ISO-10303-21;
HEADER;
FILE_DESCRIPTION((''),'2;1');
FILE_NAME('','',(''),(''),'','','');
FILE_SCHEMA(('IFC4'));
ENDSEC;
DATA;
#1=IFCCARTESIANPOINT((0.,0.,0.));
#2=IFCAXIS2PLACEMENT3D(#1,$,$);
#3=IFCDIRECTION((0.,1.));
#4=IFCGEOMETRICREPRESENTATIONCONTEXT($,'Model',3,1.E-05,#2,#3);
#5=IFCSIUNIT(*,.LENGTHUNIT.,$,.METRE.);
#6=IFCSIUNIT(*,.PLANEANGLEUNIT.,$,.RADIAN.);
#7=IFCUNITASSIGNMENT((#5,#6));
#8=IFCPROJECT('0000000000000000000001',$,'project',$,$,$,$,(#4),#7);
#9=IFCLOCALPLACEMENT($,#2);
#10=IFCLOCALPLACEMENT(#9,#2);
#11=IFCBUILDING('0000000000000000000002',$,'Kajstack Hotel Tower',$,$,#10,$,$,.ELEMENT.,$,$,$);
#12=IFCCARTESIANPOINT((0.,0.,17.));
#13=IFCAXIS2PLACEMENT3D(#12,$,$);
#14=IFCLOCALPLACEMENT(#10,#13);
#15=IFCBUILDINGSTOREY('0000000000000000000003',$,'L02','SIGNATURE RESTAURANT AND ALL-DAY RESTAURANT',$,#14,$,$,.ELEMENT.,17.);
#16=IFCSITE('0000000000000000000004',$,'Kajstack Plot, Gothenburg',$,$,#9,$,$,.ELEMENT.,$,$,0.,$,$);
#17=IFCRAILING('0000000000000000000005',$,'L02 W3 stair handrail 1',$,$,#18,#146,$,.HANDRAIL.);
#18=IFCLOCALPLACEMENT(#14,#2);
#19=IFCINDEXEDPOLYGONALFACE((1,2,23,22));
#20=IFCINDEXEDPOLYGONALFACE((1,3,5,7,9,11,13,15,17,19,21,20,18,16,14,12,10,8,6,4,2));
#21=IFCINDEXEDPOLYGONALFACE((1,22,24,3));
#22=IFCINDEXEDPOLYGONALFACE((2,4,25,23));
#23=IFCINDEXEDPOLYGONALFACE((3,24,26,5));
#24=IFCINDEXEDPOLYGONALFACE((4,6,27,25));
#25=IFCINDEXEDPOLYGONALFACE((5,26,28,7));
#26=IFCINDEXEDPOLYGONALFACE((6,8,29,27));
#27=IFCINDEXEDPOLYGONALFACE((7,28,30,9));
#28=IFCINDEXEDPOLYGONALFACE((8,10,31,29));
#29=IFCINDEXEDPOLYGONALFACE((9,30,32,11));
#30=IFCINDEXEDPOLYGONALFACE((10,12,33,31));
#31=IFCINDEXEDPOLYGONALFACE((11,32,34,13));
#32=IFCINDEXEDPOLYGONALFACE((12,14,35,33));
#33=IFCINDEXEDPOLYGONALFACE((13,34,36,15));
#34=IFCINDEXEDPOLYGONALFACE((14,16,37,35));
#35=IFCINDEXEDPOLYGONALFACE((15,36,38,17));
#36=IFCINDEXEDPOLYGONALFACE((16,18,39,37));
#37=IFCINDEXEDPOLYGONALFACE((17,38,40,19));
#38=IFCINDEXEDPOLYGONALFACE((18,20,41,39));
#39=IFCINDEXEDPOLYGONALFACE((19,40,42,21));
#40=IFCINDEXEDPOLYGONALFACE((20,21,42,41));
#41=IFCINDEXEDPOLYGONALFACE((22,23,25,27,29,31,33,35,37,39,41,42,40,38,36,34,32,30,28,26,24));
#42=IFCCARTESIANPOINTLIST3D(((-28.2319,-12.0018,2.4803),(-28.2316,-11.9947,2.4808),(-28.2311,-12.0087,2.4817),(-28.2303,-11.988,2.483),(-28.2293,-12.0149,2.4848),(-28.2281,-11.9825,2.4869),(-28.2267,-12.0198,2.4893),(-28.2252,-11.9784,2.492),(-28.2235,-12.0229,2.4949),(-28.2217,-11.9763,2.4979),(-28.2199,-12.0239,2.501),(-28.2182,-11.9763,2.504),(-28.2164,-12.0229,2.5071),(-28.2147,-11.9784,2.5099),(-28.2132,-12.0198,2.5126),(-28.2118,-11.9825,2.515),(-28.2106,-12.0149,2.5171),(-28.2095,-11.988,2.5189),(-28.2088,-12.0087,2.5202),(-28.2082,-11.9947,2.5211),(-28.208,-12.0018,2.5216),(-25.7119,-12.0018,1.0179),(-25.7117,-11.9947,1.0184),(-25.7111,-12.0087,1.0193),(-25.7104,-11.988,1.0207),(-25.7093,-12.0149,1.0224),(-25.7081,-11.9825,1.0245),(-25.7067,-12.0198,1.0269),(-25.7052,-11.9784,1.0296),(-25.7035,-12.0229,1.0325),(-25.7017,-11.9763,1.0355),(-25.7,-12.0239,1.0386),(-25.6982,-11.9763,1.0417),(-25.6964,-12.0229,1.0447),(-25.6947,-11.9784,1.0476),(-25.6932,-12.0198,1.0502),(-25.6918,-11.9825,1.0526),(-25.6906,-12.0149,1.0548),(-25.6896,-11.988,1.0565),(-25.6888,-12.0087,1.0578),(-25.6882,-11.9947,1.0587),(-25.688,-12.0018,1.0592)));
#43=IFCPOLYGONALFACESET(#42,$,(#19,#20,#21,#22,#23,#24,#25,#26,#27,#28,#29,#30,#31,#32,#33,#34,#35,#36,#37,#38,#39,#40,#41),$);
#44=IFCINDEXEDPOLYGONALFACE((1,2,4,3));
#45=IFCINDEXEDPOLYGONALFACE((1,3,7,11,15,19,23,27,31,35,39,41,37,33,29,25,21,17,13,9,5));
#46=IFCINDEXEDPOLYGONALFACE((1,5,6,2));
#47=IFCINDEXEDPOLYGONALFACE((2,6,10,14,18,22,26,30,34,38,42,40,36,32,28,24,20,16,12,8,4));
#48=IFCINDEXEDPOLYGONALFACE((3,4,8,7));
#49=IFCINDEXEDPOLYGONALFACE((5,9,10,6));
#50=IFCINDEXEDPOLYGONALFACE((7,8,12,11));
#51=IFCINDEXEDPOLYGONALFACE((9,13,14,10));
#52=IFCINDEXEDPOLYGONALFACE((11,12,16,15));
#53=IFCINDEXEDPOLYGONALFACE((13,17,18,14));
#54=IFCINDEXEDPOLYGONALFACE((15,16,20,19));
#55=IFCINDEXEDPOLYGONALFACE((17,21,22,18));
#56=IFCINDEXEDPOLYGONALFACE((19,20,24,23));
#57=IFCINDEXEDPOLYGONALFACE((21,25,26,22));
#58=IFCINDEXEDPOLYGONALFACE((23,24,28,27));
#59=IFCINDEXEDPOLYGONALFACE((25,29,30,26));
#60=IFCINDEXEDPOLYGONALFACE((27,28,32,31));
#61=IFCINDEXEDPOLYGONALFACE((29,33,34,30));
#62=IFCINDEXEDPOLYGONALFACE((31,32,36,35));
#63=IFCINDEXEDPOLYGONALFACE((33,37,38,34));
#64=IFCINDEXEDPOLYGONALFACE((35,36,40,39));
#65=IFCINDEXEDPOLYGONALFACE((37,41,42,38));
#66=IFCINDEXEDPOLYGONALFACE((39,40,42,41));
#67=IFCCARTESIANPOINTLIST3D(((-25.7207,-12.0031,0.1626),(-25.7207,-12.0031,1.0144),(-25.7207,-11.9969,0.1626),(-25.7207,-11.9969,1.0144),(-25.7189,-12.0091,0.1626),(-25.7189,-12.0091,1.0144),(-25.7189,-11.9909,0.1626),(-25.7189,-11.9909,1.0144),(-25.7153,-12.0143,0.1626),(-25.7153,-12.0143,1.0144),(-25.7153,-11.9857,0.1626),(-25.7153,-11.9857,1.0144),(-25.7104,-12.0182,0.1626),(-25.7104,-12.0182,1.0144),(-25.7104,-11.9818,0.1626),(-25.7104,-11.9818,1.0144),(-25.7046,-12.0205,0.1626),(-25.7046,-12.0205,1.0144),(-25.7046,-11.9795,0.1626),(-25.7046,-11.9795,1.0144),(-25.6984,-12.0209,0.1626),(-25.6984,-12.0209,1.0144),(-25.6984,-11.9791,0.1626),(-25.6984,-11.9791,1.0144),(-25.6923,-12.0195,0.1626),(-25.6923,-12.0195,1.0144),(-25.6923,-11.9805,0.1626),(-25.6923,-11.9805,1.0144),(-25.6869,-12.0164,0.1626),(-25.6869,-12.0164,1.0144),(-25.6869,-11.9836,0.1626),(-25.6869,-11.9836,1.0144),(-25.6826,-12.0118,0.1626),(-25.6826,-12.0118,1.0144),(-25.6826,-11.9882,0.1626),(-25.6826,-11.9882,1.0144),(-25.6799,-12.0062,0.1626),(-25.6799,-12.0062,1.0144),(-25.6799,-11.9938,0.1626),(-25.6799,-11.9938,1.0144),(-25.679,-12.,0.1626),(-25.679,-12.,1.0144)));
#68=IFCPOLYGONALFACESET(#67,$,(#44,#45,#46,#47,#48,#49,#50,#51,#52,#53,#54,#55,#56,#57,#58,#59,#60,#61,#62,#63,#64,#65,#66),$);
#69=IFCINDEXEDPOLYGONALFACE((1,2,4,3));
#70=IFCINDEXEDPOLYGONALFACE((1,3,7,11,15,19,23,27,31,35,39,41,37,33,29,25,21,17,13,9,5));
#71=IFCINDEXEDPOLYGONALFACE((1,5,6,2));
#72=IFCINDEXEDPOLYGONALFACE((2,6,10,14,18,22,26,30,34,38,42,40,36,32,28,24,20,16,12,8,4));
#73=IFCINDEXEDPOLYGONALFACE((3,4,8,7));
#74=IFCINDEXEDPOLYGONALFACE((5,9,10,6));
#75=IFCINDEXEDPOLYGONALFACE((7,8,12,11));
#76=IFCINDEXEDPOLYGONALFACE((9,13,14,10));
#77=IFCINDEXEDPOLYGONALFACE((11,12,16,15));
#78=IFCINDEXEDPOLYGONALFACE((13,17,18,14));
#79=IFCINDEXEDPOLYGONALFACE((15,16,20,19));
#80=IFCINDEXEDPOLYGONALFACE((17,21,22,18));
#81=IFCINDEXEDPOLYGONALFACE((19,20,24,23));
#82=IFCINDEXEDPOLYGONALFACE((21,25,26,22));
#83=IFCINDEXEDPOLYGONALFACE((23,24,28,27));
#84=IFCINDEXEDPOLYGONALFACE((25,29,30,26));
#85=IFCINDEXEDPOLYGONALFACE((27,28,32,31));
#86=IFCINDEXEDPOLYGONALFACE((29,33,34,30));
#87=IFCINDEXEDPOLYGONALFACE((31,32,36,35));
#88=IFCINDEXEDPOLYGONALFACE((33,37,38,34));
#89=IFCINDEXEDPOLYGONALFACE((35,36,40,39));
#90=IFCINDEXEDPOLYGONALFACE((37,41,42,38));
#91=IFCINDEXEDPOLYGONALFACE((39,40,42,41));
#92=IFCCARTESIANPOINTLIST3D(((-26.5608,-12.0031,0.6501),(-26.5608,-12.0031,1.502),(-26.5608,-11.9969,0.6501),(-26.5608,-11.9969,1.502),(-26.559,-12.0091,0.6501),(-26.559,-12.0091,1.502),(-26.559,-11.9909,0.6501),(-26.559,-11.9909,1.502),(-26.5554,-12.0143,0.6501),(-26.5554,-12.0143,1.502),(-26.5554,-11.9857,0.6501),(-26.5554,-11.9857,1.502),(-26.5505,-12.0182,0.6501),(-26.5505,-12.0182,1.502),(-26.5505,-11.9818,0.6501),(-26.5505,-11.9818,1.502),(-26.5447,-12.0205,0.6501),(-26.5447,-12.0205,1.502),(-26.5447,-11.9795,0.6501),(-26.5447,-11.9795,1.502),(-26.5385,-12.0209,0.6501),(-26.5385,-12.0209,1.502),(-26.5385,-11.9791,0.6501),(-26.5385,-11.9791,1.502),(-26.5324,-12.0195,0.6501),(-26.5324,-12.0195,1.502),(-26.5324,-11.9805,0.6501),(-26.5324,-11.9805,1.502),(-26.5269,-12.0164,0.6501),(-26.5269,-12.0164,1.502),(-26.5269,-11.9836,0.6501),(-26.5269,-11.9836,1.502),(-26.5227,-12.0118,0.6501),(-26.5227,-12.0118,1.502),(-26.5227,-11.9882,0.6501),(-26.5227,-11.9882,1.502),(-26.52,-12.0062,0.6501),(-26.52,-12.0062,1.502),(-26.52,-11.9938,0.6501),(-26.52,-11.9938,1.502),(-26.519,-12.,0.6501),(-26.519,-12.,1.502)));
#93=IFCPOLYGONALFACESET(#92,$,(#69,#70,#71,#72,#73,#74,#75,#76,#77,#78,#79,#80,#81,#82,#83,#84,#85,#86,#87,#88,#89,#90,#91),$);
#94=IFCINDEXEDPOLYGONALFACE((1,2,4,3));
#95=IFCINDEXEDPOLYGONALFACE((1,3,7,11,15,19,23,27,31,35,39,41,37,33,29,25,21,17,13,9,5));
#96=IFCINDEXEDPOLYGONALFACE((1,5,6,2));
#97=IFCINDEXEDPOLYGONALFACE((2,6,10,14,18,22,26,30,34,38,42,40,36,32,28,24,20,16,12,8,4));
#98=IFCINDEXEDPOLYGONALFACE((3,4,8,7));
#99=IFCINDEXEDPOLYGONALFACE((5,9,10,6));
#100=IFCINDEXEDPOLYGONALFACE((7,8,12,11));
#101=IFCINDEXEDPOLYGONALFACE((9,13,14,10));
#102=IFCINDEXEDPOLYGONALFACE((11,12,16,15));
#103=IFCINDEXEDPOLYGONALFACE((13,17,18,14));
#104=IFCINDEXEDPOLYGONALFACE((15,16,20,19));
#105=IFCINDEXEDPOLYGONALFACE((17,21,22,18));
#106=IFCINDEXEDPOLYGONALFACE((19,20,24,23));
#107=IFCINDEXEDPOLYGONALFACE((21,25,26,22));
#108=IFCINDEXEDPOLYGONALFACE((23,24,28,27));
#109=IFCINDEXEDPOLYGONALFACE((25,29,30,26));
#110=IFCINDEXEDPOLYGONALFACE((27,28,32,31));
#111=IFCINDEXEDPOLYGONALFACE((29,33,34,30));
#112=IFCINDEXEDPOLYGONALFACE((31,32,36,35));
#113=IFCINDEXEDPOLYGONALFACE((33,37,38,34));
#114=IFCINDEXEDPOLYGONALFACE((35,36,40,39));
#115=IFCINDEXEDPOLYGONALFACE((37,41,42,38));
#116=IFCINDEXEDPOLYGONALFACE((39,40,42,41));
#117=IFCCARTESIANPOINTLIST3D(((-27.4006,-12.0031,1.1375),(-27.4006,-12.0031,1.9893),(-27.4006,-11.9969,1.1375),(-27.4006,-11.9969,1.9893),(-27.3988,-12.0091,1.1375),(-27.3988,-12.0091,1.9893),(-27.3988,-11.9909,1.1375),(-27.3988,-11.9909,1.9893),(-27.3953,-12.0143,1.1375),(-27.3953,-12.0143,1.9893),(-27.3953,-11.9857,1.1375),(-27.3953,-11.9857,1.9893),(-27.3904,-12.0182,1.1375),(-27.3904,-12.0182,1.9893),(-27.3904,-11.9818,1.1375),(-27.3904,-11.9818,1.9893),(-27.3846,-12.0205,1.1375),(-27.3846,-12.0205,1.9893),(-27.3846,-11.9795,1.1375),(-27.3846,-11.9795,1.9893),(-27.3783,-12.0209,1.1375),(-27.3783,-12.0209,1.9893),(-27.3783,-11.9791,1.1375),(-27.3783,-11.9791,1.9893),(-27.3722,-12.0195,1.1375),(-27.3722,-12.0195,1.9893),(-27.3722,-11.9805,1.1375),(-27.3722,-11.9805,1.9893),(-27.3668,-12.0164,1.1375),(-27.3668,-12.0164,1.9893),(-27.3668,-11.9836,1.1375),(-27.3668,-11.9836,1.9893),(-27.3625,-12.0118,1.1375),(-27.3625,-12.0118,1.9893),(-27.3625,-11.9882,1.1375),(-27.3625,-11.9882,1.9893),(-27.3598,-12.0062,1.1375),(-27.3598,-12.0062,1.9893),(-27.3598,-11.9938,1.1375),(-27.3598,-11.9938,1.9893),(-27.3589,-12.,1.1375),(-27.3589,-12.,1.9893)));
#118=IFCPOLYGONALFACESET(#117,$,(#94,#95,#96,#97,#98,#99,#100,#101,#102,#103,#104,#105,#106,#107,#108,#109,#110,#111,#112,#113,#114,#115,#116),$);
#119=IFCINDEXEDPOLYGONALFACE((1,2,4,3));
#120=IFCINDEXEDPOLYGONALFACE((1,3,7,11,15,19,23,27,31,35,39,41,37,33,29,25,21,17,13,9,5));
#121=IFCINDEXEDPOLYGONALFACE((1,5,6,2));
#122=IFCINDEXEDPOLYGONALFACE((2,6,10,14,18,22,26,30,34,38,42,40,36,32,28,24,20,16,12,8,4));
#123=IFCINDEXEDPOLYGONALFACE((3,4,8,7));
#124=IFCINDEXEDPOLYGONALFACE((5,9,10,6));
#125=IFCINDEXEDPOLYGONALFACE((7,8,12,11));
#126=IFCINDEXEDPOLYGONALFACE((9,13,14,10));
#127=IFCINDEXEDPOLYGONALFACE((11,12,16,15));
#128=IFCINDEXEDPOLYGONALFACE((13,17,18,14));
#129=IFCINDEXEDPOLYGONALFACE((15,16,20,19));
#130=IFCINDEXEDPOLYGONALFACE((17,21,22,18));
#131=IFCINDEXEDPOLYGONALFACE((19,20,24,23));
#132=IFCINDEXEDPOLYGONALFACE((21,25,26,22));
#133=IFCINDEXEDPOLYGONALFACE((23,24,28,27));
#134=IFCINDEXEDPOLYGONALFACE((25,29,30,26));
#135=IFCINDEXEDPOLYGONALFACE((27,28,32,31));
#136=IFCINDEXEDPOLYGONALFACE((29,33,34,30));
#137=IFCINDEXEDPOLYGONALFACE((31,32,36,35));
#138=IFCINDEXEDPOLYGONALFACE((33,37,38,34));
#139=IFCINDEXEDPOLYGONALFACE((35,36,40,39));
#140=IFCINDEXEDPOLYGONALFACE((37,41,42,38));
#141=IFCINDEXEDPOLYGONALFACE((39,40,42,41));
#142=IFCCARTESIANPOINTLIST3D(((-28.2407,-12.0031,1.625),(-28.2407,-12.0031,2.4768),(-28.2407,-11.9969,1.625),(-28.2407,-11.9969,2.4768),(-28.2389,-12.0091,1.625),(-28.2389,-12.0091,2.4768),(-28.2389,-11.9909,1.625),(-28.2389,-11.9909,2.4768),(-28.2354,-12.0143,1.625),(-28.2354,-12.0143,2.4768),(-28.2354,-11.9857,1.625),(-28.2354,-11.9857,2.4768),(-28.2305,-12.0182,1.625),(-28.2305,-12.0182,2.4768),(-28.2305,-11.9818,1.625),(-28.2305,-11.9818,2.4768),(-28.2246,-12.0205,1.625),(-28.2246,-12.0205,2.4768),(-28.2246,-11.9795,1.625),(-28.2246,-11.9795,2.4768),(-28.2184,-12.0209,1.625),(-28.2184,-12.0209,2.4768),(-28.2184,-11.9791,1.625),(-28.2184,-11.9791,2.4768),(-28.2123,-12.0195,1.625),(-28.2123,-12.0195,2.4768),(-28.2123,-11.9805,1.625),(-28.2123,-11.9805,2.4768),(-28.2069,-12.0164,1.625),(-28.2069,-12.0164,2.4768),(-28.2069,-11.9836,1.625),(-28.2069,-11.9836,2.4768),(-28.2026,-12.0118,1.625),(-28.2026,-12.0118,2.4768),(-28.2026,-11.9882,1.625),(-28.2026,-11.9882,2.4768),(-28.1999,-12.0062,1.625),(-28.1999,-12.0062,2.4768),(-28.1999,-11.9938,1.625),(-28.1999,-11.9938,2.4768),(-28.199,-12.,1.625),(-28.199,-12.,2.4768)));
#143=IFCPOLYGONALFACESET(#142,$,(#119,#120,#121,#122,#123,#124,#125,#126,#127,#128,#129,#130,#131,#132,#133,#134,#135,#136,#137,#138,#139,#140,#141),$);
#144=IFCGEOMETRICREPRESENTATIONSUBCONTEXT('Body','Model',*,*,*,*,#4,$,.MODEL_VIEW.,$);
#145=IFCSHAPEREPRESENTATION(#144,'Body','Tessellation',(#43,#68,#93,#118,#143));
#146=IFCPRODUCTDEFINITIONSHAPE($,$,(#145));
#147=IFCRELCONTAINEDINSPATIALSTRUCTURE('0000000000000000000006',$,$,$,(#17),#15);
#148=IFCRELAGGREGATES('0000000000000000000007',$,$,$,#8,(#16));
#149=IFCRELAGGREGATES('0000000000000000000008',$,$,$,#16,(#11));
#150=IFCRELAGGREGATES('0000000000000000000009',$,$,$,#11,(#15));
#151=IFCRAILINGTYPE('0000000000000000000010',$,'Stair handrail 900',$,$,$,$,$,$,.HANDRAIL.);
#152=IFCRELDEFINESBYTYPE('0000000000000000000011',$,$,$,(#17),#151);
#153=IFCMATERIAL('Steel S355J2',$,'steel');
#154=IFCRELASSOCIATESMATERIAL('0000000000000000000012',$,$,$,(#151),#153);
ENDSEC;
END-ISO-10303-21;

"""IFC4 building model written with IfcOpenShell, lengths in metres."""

from ifc_helpers import new_model, si_unit, direction, frame, origin, origin_2d, place, context, subcontext, project, spatial, circle, extrude, material, type_object, element, save


model = new_model("IFC4")

# Units and contexts
model_context = context("Model", 3, precision=1e-05, world=origin(), true_north=direction((0.0, 1.0)))
body_context = subcontext(model_context, "Body", "Model", "MODEL_VIEW")
ifc_project = project(units=[si_unit("LENGTHUNIT", "METRE"), si_unit("PLANEANGLEUNIT", "RADIAN")], contexts=[model_context])

# Site, building, storey
site_placement = place(None, origin())
site = spatial("IfcSite", under=ifc_project, at=site_placement, Name="Kajstack Plot, Gothenburg", CompositionType="ELEMENT", RefElevation=0.0)
building_placement = place(site_placement, origin())
building = spatial("IfcBuilding", under=site, at=building_placement, Name="Kajstack Hotel Tower", CompositionType="ELEMENT")
storey_placement = place(building_placement, frame((0.0, 0.0, 17.0)))
storey = spatial("IfcBuildingStorey", under=building, at=storey_placement, Name="L02", Description="SIGNATURE RESTAURANT AND ALL-DAY RESTAURANT", CompositionType="ELEMENT", Elevation=17.0)

# Railing
ifc_material_1 = material(Name="Steel S355J2", Category="steel")
railing_type_1 = type_object("IfcRailingType", Name="Stair handrail 900", PredefinedType="HANDRAIL", material=ifc_material_1)
railing_1_placement = place(storey_placement, frame((-25.7, -12.0, 0.1626)))
element("IfcRailing", 1, at=railing_1_placement, inside=storey, type_object=railing_type_1, Name="L02 W3 stair handrail 1", PredefinedType="HANDRAIL", context=body_context, shape_type="SweptSolid", body=[
    extrude(circle(Radius=0.0239, at=origin_2d()), frame((0.0, 0.0, 0.876), z_axis=(-0.864913, 0.0, 0.501921), x_axis=(0.0, -1.0, 0.0)), (0.0, 0.0, 1.0), 2.9136),
    extrude(circle(Radius=0.021, at=origin_2d()), origin(), (0.0, 0.0, 1.0), 0.8518),
    extrude(circle(Radius=0.021, at=origin_2d()), frame((-0.8401, 0.0, 0.4875)), (0.0, 0.0, 1.0), 0.8518),
    extrude(circle(Radius=0.021, at=origin_2d()), frame((-1.6799, 0.0, 0.9749)), (0.0, 0.0, 1.0), 0.8518),
    extrude(circle(Radius=0.021, at=origin_2d()), frame((-2.52, 0.0, 1.4624)), (0.0, 0.0, 1.0), 0.8518),
])

save(model, "model.ifc")
